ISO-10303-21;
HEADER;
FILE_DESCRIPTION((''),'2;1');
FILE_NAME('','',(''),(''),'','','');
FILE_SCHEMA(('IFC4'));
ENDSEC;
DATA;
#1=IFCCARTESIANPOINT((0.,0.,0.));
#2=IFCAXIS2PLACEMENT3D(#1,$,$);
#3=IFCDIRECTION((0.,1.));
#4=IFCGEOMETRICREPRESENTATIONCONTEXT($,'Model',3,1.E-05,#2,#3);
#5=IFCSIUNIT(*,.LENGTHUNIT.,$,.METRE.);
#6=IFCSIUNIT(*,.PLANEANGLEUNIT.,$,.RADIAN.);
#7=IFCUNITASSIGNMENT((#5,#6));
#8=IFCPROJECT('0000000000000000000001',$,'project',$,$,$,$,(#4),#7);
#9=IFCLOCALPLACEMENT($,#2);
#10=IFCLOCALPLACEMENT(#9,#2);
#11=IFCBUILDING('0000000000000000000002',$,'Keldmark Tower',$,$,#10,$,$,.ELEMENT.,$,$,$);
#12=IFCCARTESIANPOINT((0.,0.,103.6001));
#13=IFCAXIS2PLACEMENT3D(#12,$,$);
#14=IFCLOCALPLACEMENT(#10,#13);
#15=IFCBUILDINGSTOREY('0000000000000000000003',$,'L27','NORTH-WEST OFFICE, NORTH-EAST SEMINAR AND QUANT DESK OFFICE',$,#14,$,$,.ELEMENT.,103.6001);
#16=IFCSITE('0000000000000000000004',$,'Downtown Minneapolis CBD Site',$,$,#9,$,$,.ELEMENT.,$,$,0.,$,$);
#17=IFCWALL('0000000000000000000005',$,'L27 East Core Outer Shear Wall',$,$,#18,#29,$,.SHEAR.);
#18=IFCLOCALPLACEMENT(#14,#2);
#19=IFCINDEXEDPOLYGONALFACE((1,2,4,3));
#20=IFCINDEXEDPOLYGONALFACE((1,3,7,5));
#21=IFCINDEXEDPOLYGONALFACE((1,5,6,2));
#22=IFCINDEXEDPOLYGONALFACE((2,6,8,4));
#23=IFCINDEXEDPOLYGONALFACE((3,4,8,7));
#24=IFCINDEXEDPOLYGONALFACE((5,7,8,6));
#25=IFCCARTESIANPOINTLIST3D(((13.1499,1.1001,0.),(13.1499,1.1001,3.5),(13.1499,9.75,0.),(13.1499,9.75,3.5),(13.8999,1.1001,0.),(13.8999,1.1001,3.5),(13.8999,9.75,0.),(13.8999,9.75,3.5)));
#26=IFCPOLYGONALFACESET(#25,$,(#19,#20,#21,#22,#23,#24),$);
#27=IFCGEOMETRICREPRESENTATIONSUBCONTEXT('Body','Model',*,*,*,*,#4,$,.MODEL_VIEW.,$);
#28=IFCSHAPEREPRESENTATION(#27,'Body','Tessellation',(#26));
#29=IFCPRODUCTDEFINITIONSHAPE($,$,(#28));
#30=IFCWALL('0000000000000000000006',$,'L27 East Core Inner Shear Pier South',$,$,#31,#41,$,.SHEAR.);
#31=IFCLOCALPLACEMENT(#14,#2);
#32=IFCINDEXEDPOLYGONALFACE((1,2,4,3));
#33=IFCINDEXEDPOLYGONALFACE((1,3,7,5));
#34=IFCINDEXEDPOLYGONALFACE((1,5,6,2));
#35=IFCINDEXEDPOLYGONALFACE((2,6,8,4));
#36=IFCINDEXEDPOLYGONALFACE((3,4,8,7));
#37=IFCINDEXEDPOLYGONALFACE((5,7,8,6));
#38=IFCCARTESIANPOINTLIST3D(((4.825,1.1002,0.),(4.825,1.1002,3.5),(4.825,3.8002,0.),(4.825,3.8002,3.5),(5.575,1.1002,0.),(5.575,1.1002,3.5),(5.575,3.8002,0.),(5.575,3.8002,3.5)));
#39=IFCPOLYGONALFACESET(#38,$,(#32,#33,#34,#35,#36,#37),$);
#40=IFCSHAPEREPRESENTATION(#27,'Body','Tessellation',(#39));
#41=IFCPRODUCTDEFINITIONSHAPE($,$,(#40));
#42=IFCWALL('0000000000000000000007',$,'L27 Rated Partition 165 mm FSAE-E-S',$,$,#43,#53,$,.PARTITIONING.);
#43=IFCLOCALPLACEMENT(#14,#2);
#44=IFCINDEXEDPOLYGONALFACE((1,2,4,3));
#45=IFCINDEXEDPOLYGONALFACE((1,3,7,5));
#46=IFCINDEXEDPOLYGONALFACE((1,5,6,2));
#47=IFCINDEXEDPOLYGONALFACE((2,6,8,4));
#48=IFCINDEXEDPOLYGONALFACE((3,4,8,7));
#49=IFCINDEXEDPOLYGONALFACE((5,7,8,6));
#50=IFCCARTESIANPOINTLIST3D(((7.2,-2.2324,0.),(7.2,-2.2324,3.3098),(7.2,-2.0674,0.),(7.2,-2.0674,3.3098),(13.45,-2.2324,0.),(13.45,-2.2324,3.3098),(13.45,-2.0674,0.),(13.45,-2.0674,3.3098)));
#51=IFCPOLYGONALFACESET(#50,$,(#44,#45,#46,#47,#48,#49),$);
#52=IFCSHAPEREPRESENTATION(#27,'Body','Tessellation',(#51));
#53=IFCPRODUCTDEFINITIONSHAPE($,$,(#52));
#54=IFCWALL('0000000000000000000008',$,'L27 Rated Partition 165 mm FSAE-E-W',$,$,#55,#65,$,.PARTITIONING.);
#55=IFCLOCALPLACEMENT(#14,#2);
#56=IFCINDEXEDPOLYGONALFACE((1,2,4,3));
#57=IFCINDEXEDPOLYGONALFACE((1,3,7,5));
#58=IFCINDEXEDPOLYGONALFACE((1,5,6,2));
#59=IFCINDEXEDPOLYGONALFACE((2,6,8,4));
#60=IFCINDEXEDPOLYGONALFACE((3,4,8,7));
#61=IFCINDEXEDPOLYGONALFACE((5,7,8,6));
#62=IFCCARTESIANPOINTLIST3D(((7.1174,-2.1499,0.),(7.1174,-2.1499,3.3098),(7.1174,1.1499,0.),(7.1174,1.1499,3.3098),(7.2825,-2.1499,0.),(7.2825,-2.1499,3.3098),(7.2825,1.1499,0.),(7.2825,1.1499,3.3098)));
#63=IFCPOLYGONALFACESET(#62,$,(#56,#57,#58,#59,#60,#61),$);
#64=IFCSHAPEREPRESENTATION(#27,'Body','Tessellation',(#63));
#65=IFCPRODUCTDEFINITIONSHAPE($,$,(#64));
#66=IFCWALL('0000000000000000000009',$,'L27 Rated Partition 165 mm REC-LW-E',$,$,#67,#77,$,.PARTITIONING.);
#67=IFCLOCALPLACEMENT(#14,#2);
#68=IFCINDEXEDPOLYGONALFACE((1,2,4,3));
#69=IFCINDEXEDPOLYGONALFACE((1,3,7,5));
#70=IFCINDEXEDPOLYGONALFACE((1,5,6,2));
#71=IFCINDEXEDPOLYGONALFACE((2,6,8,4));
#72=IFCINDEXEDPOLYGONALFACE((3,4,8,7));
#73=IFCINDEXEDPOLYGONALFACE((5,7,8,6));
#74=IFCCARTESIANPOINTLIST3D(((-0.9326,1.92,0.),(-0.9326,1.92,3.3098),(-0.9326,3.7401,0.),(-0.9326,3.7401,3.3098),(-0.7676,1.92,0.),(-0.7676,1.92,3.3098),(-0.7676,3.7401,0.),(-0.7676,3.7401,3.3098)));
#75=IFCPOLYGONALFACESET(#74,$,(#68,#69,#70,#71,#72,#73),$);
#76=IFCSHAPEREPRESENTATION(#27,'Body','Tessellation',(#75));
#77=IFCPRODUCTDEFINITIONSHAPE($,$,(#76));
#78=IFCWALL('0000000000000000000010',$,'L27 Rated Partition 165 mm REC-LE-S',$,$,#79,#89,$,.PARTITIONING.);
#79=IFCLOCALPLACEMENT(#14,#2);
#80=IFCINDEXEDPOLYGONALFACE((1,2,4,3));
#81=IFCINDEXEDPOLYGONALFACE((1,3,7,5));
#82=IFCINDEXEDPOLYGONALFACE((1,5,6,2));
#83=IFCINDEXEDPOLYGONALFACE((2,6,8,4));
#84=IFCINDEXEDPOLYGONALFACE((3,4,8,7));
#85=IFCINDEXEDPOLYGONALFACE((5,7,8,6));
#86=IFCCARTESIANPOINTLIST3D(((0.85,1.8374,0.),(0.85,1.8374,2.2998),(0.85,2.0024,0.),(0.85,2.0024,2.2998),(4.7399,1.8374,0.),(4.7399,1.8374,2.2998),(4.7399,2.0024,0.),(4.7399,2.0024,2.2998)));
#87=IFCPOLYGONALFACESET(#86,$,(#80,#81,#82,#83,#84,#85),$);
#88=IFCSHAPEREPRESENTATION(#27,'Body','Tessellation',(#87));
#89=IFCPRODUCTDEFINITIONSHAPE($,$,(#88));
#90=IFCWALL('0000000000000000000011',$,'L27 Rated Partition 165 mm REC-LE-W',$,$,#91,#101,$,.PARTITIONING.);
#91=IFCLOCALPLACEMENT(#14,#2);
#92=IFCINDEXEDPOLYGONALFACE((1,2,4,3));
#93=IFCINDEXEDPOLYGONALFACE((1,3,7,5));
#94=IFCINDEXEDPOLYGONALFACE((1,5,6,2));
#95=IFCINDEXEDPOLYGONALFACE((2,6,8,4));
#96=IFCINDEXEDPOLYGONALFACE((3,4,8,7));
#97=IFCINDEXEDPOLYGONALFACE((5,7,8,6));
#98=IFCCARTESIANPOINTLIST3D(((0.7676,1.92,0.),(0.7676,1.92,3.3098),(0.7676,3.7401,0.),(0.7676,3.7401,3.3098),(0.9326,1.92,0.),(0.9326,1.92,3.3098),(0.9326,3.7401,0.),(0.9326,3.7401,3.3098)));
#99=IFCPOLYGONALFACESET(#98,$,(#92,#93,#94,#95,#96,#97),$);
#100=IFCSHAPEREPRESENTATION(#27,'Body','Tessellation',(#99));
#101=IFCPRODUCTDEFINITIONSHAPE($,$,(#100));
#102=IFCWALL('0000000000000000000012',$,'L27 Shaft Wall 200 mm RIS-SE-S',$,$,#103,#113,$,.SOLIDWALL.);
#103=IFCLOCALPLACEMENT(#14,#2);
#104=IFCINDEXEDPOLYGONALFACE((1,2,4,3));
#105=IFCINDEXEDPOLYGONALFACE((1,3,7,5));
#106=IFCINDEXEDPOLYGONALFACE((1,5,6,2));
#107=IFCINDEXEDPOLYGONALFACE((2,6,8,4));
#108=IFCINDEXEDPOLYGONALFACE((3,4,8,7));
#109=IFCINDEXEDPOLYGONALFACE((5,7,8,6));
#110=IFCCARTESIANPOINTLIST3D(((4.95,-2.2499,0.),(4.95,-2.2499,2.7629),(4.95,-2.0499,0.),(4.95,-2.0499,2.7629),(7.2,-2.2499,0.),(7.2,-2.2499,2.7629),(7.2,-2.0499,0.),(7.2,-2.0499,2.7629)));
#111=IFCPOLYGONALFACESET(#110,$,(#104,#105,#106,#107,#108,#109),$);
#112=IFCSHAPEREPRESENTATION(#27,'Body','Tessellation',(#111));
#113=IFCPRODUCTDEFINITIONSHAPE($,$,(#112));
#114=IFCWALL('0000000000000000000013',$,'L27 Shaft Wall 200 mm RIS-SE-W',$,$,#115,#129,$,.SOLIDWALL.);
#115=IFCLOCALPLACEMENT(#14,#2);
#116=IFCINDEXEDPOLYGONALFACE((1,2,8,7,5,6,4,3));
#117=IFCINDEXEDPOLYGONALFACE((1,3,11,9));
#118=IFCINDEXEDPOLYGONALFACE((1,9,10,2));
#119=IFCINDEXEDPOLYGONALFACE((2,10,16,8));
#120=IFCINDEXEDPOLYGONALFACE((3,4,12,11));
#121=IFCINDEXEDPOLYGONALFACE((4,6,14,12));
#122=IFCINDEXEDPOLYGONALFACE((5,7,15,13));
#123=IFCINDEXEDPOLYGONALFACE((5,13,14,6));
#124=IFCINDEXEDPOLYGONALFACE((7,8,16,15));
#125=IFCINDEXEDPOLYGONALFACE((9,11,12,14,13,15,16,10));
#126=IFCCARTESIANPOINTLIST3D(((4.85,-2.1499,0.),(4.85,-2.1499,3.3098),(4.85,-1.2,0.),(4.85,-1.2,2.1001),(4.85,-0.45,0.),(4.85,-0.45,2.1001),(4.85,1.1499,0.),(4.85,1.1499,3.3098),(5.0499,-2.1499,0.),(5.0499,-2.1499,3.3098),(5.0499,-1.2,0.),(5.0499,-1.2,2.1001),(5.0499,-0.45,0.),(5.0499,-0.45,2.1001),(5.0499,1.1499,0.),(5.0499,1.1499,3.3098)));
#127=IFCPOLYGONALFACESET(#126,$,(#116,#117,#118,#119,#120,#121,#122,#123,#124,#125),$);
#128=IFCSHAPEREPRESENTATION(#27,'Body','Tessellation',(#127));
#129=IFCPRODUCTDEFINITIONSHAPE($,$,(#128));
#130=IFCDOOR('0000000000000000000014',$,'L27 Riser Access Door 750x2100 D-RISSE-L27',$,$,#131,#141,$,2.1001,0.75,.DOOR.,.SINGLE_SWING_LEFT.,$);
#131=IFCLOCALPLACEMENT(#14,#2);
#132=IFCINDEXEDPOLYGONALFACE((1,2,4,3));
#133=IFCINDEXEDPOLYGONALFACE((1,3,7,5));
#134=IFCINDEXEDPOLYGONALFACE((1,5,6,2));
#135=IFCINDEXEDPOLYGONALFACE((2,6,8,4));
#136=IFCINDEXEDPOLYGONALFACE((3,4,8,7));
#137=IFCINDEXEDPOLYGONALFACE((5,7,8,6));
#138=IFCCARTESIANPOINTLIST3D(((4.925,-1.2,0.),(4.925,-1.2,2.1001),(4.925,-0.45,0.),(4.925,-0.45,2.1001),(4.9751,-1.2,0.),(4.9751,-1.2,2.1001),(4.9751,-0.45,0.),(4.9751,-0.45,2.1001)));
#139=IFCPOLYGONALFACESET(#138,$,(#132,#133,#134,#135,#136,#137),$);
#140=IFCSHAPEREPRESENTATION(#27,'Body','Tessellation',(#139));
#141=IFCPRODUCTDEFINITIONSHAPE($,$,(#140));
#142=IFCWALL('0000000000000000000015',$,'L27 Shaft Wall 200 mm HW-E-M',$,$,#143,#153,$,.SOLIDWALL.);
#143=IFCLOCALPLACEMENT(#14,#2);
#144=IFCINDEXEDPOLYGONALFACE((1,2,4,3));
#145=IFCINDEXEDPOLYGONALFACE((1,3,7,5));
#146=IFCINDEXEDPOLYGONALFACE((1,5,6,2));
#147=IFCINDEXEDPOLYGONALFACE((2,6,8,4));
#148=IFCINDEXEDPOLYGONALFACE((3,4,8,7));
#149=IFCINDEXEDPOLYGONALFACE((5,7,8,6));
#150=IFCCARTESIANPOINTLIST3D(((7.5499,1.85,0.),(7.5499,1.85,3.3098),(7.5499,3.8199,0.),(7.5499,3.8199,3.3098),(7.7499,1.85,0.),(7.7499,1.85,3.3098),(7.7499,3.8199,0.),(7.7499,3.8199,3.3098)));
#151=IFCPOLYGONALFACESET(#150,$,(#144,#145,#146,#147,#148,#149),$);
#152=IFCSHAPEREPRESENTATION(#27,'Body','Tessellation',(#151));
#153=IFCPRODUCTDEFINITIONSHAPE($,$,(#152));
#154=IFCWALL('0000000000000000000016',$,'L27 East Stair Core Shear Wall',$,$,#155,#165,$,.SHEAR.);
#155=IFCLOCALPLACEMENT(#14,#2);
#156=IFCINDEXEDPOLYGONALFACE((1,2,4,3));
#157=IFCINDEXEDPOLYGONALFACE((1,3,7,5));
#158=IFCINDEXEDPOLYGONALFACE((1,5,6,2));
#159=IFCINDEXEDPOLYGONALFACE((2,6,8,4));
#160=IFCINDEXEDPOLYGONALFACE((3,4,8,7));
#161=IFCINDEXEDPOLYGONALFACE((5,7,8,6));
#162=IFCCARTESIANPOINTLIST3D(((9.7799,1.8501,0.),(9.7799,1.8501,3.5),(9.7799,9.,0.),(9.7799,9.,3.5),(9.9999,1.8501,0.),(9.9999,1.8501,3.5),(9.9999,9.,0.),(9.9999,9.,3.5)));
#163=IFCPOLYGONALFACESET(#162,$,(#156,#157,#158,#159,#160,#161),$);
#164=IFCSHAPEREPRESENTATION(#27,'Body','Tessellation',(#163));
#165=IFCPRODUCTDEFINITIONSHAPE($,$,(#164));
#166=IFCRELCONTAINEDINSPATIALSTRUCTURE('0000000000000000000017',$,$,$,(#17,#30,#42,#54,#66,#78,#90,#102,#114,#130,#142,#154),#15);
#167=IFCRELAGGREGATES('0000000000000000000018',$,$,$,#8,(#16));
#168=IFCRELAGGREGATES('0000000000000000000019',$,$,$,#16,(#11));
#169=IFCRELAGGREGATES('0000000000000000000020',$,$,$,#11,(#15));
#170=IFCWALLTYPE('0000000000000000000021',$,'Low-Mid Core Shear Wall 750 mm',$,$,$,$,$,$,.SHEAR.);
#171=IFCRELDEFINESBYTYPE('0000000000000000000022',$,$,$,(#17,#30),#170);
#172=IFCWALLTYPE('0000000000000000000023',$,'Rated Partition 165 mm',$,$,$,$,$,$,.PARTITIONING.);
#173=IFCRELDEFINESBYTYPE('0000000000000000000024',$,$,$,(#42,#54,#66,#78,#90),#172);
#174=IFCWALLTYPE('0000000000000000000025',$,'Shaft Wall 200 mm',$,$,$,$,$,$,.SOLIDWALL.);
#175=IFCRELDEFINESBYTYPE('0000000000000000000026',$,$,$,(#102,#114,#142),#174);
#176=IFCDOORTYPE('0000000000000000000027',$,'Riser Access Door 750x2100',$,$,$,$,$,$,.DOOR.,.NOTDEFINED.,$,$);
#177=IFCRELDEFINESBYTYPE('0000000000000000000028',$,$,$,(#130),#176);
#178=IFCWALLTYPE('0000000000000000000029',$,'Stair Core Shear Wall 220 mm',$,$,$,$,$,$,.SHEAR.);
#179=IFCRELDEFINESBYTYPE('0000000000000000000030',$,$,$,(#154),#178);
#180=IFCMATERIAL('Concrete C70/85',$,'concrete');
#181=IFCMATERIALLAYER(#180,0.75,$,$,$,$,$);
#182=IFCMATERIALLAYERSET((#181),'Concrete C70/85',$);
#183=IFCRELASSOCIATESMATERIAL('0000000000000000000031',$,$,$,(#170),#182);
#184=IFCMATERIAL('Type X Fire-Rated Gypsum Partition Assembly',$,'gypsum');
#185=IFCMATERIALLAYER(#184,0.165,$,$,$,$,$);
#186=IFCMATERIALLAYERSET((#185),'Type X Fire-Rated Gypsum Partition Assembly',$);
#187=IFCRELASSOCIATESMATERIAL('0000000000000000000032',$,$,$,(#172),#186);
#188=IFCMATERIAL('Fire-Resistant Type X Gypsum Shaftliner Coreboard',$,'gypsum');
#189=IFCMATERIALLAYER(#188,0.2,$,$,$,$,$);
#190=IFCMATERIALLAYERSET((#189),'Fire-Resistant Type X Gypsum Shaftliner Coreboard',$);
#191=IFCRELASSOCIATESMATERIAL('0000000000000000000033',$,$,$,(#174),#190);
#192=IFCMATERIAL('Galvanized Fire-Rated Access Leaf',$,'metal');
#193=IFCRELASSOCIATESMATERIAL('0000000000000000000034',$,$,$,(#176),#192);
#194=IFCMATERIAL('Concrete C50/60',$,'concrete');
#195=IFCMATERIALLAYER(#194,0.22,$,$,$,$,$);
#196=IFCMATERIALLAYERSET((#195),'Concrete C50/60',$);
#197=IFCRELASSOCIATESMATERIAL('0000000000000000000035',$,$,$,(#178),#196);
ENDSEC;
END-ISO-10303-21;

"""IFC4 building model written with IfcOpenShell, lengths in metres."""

from ifc_helpers import new_model, si_unit, direction, frame, frame_2d, origin, place, context, subcontext, project, spatial, rectangle, extrude, material, layer, layer_set, type_object, element, fill, save


model = new_model("IFC4")

# Units and contexts
model_context = context("Model", 3, precision=1e-05, world=origin(), true_north=direction((0.0, 1.0)))
body_context = subcontext(model_context, "Body", "Model", "MODEL_VIEW")
ifc_project = project(units=[si_unit("LENGTHUNIT", "METRE"), si_unit("PLANEANGLEUNIT", "RADIAN")], contexts=[model_context])

# Site, building, storey
site_placement = place(None, origin())
site = spatial("IfcSite", under=ifc_project, at=site_placement, Name="Downtown Minneapolis CBD Site", CompositionType="ELEMENT", RefElevation=0.0)
building_placement = place(site_placement, origin())
building = spatial("IfcBuilding", under=site, at=building_placement, Name="Keldmark Tower", CompositionType="ELEMENT")
storey_placement = place(building_placement, frame((0.0, 0.0, 103.6001)))
storey = spatial("IfcBuildingStorey", under=building, at=storey_placement, Name="L27", Description="NORTH-WEST OFFICE, NORTH-EAST SEMINAR AND QUANT DESK OFFICE", CompositionType="ELEMENT", Elevation=103.6001)

# Walls
ifc_material_1 = material(Name="Concrete C70/85", Category="concrete")
ifc_layer_1 = layer(ifc_material_1, 0.75)
ifc_layer_set_1 = layer_set([ifc_layer_1], Name="Concrete C70/85")
wall_type_1 = type_object("IfcWallType", Name="Low-Mid Core Shear Wall 750 mm", PredefinedType="SHEAR", material=ifc_layer_set_1)
wall_1_placement = place(storey_placement, frame((13.5249, 1.1001, 0.0), z_axis=(0.0, 0.0, 1.0), x_axis=(0.0, 1.0, 0.0)))
element("IfcWall", 1, at=wall_1_placement, inside=storey, type_object=wall_type_1, Name="L27 East Core Outer Shear Wall", PredefinedType="SHEAR", context=body_context, shape_type="SweptSolid", body=[
    extrude(rectangle(XDim=8.6499, YDim=0.75, at=frame_2d((4.325, 0.0))), origin(), (0.0, 0.0, 1.0), 3.5),
])
wall_2_placement = place(storey_placement, frame((5.2, 1.1001, 0.0), z_axis=(0.0, 0.0, 1.0), x_axis=(0.0, 1.0, 0.0)))
element("IfcWall", 2, at=wall_2_placement, inside=storey, type_object=wall_type_1, Name="L27 East Core Inner Shear Pier South", PredefinedType="SHEAR", context=body_context, shape_type="SweptSolid", body=[
    extrude(rectangle(XDim=2.7, YDim=0.75, at=frame_2d((1.3501, 0.0))), origin(), (0.0, 0.0, 1.0), 3.5),
])
ifc_material_2 = material(Name="Type X Fire-Rated Gypsum Partition Assembly", Category="gypsum")
ifc_layer_2 = layer(ifc_material_2, 0.165)
ifc_layer_set_2 = layer_set([ifc_layer_2], Name="Type X Fire-Rated Gypsum Partition Assembly")
wall_type_2 = type_object("IfcWallType", Name="Rated Partition 165 mm", PredefinedType="PARTITIONING", material=ifc_layer_set_2)
wall_3_placement = place(storey_placement, frame((7.2, -2.1499, 0.0), z_axis=(0.0, 0.0, 1.0), x_axis=(1.0, 0.0, 0.0)))
element("IfcWall", 3, at=wall_3_placement, inside=storey, type_object=wall_type_2, Name="L27 Rated Partition 165 mm FSAE-E-S", PredefinedType="PARTITIONING", context=body_context, shape_type="SweptSolid", body=[
    extrude(rectangle(XDim=6.25, YDim=0.165, at=frame_2d((3.125, 0.0))), origin(), (0.0, 0.0, 1.0), 3.3098),
])
wall_4_placement = place(storey_placement, frame((7.2, -2.1499, 0.0), z_axis=(0.0, 0.0, 1.0), x_axis=(0.0, 1.0, 0.0)))
element("IfcWall", 4, at=wall_4_placement, inside=storey, type_object=wall_type_2, Name="L27 Rated Partition 165 mm FSAE-E-W", PredefinedType="PARTITIONING", context=body_context, shape_type="SweptSolid", body=[
    extrude(rectangle(XDim=3.2998, YDim=0.165, at=frame_2d((1.6499, 0.0))), origin(), (0.0, 0.0, 1.0), 3.3098),
])

# Walls
wall_5_placement = place(storey_placement, frame((-0.8501, 1.9199, 0.0), z_axis=(0.0, 0.0, 1.0), x_axis=(0.0, 1.0, 0.0)))
element("IfcWall", 5, at=wall_5_placement, inside=storey, type_object=wall_type_2, Name="L27 Rated Partition 165 mm REC-LW-E", PredefinedType="PARTITIONING", context=body_context, shape_type="SweptSolid", body=[
    extrude(rectangle(XDim=1.8201, YDim=0.165, at=frame_2d((0.9102, 0.0))), origin(), (0.0, 0.0, 1.0), 3.3098),
])
wall_6_placement = place(storey_placement, frame((0.8501, 1.9199, 0.0), z_axis=(0.0, 0.0, 1.0), x_axis=(1.0, 0.0, 0.0)))
element("IfcWall", 6, at=wall_6_placement, inside=storey, type_object=wall_type_2, Name="L27 Rated Partition 165 mm REC-LE-S", PredefinedType="PARTITIONING", context=body_context, shape_type="SweptSolid", body=[
    extrude(rectangle(XDim=3.8899, YDim=0.165, at=frame_2d((1.9448, 0.0))), origin(), (0.0, 0.0, 1.0), 2.2998),
])
wall_7_placement = place(storey_placement, frame((0.8501, 1.9199, 0.0), z_axis=(0.0, 0.0, 1.0), x_axis=(0.0, 1.0, 0.0)))
element("IfcWall", 7, at=wall_7_placement, inside=storey, type_object=wall_type_2, Name="L27 Rated Partition 165 mm REC-LE-W", PredefinedType="PARTITIONING", context=body_context, shape_type="SweptSolid", body=[
    extrude(rectangle(XDim=1.8201, YDim=0.165, at=frame_2d((0.9102, 0.0))), origin(), (0.0, 0.0, 1.0), 3.3098),
])
ifc_material_3 = material(Name="Fire-Resistant Type X Gypsum Shaftliner Coreboard", Category="gypsum")
ifc_layer_3 = layer(ifc_material_3, 0.2)
ifc_layer_set_3 = layer_set([ifc_layer_3], Name="Fire-Resistant Type X Gypsum Shaftliner Coreboard")
wall_type_3 = type_object("IfcWallType", Name="Shaft Wall 200 mm", PredefinedType="SOLIDWALL", material=ifc_layer_set_3)
wall_8_placement = place(storey_placement, frame((4.95, -2.1499, 0.0), z_axis=(0.0, 0.0, 1.0), x_axis=(1.0, 0.0, 0.0)))
element("IfcWall", 8, at=wall_8_placement, inside=storey, type_object=wall_type_3, Name="L27 Shaft Wall 200 mm RIS-SE-S", PredefinedType="SOLIDWALL", context=body_context, shape_type="SweptSolid", body=[
    extrude(rectangle(XDim=2.25, YDim=0.2, at=frame_2d((1.125, 0.0))), origin(), (0.0, 0.0, 1.0), 2.7629),
])

# Wall, opening, door
wall_9_placement = place(storey_placement, frame((4.95, -2.1499, 0.0), z_axis=(0.0, 0.0, 1.0), x_axis=(0.0, 1.0, 0.0)))
wall_9 = element("IfcWall", 9, at=wall_9_placement, inside=storey, type_object=wall_type_3, Name="L27 Shaft Wall 200 mm RIS-SE-W", PredefinedType="SOLIDWALL", context=body_context, shape_type="SweptSolid", body=[
    extrude(rectangle(XDim=3.2998, YDim=0.2, at=frame_2d((1.6499, 0.0))), origin(), (0.0, 0.0, 1.0), 3.3098),
])
opening_1_placement = place(wall_9_placement, frame((0.95, 0.0, 0.0)))
opening_1 = element("IfcOpeningElement", 10, at=opening_1_placement, cuts=wall_9, PredefinedType="OPENING", context=body_context, shape_type="SweptSolid", body=[
    extrude(rectangle(XDim=0.75, YDim=2.1001, at=frame_2d((0.375, 1.05))), frame((0.0, 0.1099, 0.0), z_axis=(0.0, -1.0, 0.0), x_axis=(1.0, 0.0, 0.0)), (0.0, 0.0, 1.0), 0.22),
])
ifc_material_4 = material(Name="Galvanized Fire-Rated Access Leaf", Category="metal")
door_type_1 = type_object("IfcDoorType", Name="Riser Access Door 750x2100", OperationType="NOTDEFINED", PredefinedType="DOOR", material=ifc_material_4)
door_1_placement = place(opening_1_placement, origin())
door_1 = element("IfcDoor", 11, at=door_1_placement, inside=storey, type_object=door_type_1, Name="L27 Riser Access Door 750x2100 D-RISSE-L27", OperationType="SINGLE_SWING_LEFT", OverallHeight=2.1001, OverallWidth=0.75, PredefinedType="DOOR", context=body_context, shape_type="SweptSolid", body=[
    extrude(rectangle(XDim=0.75, YDim=2.1001, at=frame_2d((0.375, 1.05))), frame((0.0, 0.0249, 0.0), z_axis=(0.0, -1.0, 0.0), x_axis=(1.0, 0.0, 0.0)), (0.0, 0.0, 1.0), 0.05),
])
fill(opening_1, door_1)

# Walls
wall_10_placement = place(storey_placement, frame((7.6499, 1.8501, 0.0), z_axis=(0.0, 0.0, 1.0), x_axis=(0.0, 1.0, 0.0)))
element("IfcWall", 12, at=wall_10_placement, inside=storey, type_object=wall_type_3, Name="L27 Shaft Wall 200 mm HW-E-M", PredefinedType="SOLIDWALL", context=body_context, shape_type="SweptSolid", body=[
    extrude(rectangle(XDim=1.97, YDim=0.2, at=frame_2d((0.9849, 0.0))), origin(), (0.0, 0.0, 1.0), 3.3098),
])
ifc_material_5 = material(Name="Concrete C50/60", Category="concrete")
ifc_layer_4 = layer(ifc_material_5, 0.22)
ifc_layer_set_4 = layer_set([ifc_layer_4], Name="Concrete C50/60")
wall_type_4 = type_object("IfcWallType", Name="Stair Core Shear Wall 220 mm", PredefinedType="SHEAR", material=ifc_layer_set_4)
wall_11_placement = place(storey_placement, frame((9.8899, 1.8501, 0.0), z_axis=(0.0, 0.0, 1.0), x_axis=(0.0, 1.0, 0.0)))
element("IfcWall", 13, at=wall_11_placement, inside=storey, type_object=wall_type_4, Name="L27 East Stair Core Shear Wall", PredefinedType="SHEAR", context=body_context, shape_type="SweptSolid", body=[
    extrude(rectangle(XDim=7.1499, YDim=0.22, at=frame_2d((3.575, 0.0))), origin(), (0.0, 0.0, 1.0), 3.5),
])

save(model, "model.ifc")
